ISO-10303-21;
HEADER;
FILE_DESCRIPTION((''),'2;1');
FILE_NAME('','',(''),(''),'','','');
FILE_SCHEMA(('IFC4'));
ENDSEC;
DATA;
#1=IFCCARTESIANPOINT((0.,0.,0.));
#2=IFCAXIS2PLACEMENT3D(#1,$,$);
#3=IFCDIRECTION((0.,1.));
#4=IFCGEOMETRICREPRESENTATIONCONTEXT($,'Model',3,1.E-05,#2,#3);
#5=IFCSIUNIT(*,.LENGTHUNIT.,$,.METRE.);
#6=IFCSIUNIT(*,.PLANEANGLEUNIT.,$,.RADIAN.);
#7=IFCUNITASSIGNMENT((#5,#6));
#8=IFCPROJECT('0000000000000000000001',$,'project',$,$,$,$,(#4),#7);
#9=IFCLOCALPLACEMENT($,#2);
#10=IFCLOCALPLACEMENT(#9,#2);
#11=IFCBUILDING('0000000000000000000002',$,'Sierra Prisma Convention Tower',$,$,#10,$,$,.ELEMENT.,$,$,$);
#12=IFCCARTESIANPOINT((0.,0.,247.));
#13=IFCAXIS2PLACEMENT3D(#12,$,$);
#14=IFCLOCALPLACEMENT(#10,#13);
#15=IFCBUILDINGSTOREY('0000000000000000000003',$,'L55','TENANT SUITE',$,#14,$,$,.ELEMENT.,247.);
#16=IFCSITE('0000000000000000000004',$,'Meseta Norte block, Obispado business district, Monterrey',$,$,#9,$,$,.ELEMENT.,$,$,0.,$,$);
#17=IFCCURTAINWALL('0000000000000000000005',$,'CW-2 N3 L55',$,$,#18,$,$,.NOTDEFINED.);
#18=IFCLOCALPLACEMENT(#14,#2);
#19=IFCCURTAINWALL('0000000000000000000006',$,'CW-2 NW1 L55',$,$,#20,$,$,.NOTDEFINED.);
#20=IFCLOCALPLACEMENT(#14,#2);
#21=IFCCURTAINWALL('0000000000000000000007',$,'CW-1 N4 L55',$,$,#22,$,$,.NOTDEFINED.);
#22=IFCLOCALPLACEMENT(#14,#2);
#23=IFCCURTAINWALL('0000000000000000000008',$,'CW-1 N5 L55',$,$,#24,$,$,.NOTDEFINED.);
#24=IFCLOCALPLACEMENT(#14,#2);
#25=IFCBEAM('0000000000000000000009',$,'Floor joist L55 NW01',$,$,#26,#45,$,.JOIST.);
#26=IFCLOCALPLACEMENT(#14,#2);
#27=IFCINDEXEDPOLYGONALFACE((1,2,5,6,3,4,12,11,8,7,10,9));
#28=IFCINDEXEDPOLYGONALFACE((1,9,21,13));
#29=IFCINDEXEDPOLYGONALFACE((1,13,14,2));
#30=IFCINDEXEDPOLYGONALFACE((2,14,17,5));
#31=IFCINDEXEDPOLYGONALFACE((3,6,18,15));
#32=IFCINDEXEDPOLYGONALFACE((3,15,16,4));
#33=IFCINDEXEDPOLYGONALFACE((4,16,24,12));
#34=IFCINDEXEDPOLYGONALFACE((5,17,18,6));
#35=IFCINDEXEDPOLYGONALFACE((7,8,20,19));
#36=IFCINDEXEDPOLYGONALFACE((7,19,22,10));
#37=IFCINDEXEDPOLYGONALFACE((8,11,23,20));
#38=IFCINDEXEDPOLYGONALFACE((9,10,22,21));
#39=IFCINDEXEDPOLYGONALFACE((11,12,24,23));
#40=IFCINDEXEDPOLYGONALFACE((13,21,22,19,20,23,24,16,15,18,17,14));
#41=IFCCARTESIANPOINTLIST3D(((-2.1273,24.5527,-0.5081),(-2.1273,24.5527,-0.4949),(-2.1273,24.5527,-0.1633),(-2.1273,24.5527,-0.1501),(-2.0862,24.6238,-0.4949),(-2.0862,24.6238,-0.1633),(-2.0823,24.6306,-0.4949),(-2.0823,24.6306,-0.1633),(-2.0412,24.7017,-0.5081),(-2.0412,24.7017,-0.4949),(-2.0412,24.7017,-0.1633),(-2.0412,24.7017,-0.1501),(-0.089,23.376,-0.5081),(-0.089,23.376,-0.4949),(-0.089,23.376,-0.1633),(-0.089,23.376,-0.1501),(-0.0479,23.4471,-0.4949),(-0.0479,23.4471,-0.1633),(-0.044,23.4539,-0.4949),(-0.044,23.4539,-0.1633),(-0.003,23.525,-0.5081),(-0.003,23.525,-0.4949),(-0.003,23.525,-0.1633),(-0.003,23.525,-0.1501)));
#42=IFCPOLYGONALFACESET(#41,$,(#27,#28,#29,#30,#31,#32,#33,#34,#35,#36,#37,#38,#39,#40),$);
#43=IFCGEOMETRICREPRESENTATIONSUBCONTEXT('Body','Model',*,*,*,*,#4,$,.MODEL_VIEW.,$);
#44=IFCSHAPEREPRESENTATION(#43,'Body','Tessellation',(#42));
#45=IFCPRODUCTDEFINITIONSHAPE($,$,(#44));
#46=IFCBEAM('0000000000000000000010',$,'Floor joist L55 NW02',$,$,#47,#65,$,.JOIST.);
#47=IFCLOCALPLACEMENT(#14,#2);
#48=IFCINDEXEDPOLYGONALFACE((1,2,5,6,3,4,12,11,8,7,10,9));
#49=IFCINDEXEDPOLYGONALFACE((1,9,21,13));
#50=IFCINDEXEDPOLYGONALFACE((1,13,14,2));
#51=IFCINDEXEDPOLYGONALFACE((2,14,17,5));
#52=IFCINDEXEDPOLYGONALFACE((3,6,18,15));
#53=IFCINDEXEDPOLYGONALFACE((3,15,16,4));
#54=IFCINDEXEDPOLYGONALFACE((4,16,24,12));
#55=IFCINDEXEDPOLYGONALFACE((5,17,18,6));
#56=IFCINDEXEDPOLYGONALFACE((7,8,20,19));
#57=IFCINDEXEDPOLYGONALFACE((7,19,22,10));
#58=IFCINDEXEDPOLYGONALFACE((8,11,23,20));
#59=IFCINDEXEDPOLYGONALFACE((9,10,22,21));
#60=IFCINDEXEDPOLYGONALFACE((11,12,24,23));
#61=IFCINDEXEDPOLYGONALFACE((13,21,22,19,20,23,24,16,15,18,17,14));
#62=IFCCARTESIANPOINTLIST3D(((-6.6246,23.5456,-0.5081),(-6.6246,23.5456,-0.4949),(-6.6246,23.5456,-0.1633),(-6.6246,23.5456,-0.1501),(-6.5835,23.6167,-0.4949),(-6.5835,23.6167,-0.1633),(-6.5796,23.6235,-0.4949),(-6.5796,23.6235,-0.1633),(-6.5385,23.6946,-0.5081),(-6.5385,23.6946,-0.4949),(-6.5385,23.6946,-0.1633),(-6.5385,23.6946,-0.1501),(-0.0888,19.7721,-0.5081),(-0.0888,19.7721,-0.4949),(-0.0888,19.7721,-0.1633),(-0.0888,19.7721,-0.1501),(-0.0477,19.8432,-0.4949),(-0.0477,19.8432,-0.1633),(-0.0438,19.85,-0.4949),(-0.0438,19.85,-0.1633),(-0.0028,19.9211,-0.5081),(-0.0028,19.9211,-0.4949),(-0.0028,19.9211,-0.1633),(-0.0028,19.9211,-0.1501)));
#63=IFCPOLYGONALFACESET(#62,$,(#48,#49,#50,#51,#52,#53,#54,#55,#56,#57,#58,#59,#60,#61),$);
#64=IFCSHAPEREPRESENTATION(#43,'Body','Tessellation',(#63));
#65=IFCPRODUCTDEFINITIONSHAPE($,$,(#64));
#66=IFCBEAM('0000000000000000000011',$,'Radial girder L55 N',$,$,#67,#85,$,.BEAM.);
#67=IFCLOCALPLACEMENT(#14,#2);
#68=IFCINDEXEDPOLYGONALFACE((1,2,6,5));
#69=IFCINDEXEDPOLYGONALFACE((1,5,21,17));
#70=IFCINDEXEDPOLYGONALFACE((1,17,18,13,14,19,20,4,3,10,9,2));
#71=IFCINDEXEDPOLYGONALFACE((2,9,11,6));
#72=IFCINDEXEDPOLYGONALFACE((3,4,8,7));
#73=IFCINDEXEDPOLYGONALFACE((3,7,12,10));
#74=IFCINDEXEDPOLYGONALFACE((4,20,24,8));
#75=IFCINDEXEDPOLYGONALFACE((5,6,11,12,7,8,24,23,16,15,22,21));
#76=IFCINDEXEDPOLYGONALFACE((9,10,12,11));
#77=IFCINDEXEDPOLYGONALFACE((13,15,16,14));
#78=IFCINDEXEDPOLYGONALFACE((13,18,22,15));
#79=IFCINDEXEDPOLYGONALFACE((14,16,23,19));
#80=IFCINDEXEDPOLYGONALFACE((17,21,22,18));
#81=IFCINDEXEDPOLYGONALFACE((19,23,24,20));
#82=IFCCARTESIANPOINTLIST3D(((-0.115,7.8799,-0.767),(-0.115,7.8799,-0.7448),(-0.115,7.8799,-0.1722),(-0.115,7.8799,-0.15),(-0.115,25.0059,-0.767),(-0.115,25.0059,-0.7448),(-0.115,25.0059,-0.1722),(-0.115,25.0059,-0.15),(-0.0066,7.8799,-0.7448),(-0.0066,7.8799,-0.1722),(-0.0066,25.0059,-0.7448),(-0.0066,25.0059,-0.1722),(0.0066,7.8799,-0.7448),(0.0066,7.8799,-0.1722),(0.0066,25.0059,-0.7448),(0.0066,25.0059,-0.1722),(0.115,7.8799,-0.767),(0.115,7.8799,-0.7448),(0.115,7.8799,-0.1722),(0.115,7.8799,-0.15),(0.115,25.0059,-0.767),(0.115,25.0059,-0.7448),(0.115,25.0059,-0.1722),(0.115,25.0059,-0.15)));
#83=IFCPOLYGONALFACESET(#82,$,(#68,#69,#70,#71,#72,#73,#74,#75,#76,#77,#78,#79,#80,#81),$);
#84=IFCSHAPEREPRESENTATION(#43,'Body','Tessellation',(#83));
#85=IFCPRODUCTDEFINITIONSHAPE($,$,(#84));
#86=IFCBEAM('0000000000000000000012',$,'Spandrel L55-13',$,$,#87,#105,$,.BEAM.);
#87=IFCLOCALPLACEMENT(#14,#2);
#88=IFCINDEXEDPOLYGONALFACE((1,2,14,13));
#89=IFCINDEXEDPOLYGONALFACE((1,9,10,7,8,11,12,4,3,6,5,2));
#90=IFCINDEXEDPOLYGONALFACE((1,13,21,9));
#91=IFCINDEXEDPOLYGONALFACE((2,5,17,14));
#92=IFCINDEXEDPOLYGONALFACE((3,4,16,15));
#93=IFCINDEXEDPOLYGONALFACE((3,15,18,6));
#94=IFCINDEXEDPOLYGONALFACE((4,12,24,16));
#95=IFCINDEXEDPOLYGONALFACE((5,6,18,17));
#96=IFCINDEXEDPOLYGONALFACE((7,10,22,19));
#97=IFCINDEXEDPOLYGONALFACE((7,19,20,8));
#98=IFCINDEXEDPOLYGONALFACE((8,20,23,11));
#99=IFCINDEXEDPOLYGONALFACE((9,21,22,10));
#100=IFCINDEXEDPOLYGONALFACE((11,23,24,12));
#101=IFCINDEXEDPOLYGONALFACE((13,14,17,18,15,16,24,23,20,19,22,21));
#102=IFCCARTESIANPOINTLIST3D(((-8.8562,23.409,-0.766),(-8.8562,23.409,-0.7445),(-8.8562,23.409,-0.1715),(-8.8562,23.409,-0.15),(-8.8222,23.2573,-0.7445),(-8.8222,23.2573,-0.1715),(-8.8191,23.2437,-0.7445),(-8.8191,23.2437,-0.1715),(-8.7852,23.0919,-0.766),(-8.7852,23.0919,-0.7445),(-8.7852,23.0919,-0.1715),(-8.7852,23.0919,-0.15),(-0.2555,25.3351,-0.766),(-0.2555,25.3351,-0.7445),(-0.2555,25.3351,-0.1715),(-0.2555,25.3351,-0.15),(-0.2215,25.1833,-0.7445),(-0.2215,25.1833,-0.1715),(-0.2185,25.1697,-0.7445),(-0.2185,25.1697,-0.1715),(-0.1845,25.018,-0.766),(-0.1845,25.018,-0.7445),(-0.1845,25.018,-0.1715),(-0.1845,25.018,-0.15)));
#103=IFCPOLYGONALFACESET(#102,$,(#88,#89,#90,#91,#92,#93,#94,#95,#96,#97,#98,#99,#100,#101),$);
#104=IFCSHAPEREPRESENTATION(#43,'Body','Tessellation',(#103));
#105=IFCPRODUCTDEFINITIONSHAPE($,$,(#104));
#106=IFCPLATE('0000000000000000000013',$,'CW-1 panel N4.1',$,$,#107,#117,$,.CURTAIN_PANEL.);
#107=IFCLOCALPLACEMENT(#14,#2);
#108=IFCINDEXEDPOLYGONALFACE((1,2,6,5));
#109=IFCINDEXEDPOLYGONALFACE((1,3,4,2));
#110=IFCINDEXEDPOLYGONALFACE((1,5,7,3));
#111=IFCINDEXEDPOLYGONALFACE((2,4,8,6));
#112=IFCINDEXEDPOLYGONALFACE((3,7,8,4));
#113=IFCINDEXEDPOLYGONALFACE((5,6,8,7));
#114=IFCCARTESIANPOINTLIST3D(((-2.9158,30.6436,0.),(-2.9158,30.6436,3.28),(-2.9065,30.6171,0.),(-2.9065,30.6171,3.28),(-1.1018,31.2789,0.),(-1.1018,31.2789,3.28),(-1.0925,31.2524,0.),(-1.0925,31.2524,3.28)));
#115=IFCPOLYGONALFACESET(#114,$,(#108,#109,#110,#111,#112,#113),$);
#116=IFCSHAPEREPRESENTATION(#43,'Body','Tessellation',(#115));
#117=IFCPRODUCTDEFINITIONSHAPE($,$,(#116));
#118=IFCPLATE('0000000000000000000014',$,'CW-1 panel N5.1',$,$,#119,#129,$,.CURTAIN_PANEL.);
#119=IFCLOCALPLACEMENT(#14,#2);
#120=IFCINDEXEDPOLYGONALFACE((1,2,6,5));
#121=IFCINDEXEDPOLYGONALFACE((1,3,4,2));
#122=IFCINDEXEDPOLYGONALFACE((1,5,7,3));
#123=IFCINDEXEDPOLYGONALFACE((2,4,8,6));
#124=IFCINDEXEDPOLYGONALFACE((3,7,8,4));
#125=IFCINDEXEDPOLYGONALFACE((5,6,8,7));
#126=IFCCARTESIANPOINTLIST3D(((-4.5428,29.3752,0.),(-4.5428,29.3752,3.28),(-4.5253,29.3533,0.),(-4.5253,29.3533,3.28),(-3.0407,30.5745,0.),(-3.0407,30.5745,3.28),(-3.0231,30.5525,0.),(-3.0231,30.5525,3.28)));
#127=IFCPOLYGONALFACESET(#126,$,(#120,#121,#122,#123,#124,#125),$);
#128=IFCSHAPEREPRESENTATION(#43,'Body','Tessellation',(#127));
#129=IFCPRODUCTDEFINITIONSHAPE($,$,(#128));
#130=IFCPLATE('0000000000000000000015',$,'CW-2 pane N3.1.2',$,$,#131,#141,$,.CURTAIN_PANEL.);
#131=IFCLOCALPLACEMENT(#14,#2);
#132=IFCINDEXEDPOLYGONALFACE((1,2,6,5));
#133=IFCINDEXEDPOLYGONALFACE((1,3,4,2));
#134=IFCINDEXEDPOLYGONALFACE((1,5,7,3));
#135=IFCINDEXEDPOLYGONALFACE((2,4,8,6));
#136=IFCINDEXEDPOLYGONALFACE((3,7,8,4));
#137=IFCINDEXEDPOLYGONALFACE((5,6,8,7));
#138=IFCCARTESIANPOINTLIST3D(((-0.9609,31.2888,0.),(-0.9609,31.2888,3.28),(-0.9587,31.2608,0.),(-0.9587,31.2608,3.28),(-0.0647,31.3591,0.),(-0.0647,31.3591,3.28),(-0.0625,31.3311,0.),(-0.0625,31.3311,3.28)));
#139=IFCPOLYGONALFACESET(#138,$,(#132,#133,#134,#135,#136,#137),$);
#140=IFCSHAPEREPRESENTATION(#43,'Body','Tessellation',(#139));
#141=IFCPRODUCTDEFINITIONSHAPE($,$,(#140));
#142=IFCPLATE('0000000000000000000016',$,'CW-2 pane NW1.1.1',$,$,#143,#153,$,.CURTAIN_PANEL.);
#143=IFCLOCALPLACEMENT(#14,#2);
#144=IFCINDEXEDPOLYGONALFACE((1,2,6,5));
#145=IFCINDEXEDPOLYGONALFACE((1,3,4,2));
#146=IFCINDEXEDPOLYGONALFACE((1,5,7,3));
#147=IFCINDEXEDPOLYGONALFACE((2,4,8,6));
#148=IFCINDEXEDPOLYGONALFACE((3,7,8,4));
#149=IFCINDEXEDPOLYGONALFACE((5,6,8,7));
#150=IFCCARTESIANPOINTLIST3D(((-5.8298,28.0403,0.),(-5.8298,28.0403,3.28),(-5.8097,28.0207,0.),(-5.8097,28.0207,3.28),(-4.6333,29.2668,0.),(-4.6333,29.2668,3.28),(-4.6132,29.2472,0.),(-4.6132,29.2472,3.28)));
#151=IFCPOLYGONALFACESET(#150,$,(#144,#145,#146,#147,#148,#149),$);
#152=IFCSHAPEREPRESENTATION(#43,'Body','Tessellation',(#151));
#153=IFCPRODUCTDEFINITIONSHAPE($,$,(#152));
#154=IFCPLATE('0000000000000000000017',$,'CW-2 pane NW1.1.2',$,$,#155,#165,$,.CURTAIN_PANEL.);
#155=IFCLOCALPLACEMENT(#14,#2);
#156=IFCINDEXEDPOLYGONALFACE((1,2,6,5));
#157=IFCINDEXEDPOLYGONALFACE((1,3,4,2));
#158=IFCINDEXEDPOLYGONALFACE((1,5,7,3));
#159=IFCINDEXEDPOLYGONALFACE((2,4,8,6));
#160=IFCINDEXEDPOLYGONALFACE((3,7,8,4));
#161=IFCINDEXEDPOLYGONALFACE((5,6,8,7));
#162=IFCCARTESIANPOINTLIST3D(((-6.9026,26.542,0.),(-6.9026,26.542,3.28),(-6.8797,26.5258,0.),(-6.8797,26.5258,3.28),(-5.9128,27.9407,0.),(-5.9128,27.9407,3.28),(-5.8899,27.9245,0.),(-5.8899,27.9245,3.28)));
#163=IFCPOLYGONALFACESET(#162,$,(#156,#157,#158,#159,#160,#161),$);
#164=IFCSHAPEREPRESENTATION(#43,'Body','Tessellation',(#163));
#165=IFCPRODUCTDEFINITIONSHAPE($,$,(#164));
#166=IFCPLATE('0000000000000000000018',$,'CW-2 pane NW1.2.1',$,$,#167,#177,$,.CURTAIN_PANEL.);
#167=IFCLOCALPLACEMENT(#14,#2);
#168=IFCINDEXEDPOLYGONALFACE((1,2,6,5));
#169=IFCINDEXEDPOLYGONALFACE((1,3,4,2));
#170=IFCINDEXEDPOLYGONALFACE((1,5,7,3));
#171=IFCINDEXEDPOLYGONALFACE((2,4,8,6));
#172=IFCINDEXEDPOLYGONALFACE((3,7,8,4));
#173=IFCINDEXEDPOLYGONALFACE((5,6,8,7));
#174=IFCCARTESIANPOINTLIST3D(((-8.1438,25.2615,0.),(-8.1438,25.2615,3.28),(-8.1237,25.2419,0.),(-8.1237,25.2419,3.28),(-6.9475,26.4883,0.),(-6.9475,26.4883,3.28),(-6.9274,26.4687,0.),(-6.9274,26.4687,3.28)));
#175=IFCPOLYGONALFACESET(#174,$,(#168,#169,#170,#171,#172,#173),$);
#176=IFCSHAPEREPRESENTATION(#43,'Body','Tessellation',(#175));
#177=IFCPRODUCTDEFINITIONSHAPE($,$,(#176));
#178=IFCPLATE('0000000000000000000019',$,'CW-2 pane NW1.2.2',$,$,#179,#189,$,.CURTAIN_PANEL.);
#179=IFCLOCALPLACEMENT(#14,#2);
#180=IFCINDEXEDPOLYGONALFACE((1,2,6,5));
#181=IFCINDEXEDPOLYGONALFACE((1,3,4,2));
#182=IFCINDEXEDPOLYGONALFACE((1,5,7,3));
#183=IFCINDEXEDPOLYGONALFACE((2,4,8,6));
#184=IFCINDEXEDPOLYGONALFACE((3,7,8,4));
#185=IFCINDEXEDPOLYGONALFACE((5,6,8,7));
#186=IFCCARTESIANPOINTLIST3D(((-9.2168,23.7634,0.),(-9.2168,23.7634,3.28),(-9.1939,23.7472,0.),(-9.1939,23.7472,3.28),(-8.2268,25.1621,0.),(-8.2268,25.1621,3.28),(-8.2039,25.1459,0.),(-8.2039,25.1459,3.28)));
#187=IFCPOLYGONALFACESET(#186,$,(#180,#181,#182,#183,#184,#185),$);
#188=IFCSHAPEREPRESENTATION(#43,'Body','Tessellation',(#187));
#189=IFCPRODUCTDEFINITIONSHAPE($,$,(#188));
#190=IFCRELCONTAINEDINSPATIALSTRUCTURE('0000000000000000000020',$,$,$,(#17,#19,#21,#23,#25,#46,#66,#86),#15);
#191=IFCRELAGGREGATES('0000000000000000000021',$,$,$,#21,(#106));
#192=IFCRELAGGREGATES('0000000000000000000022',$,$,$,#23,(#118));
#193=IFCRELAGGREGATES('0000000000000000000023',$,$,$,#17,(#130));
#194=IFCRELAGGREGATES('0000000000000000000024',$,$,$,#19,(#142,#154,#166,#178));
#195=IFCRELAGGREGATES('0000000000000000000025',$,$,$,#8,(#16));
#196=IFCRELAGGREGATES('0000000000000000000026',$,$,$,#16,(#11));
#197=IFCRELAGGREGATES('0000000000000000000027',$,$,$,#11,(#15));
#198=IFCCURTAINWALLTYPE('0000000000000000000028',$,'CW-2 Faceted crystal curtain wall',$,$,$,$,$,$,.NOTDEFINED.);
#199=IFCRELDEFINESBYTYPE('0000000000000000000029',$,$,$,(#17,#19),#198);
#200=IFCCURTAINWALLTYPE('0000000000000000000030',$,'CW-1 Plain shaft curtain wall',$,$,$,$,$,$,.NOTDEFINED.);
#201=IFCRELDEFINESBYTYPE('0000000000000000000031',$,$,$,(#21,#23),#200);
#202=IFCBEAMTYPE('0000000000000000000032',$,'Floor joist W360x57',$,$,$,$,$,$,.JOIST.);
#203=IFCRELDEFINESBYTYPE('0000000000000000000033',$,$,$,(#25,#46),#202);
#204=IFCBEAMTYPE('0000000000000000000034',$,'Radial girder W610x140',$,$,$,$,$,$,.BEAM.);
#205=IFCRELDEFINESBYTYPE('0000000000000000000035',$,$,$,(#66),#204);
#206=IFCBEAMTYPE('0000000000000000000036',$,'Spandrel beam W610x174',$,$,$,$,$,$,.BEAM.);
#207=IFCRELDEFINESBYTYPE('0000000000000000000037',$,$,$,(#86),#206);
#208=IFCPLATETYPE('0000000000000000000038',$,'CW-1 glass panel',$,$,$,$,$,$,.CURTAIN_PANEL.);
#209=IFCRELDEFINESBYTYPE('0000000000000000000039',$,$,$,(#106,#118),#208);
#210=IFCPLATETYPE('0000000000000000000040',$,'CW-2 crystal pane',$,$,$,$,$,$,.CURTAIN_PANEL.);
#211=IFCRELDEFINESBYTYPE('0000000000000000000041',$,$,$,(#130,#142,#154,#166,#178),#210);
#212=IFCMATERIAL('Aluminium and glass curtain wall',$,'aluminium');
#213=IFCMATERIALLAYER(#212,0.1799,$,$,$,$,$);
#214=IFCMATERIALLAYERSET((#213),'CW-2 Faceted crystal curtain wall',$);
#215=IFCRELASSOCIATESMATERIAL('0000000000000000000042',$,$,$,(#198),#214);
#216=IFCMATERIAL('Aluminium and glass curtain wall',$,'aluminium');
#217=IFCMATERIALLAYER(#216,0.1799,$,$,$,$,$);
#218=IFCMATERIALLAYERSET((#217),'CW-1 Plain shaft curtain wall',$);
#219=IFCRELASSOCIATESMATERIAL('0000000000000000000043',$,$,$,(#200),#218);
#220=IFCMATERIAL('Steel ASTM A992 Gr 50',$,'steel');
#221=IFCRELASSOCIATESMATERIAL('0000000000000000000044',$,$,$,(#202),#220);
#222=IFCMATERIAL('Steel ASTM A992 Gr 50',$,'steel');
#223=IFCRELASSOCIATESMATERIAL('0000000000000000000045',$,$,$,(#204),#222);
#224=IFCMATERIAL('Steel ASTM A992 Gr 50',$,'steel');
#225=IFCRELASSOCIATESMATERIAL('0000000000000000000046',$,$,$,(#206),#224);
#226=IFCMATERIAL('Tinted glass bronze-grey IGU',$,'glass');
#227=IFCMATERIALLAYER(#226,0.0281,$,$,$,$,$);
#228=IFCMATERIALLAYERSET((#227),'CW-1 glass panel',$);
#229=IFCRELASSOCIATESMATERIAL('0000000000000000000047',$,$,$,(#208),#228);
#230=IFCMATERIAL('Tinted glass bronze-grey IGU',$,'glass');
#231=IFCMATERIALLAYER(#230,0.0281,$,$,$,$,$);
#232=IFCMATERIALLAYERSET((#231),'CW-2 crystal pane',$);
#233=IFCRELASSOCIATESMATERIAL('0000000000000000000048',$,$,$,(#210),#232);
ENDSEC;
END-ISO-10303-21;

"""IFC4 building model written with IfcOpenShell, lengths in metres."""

from ifc_helpers import new_model, si_unit, direction, frame, origin, origin_2d, place, context, subcontext, project, spatial, polyline, rectangle, i_section, outline, extrude, material, layer, layer_set, material_profile, profile_set, type_object, element, aggregate, save


model = new_model("IFC4")

# Units and contexts
model_context = context("Model", 3, precision=1e-05, world=origin(), true_north=direction((0.0, 1.0)))
body_context = subcontext(model_context, "Body", "Model", "MODEL_VIEW")
ifc_project = project(units=[si_unit("LENGTHUNIT", "METRE"), si_unit("PLANEANGLEUNIT", "RADIAN")], contexts=[model_context])

# Site, building, storey
site_placement = place(None, origin())
site = spatial("IfcSite", under=ifc_project, at=site_placement, Name="Meseta Norte block, Obispado business district, Monterrey", CompositionType="ELEMENT", RefElevation=0.0)
building_placement = place(site_placement, origin())
building = spatial("IfcBuilding", under=site, at=building_placement, Name="Sierra Prisma Convention Tower", CompositionType="ELEMENT")
storey_placement = place(building_placement, frame((0.0, 0.0, 247.0)))
storey = spatial("IfcBuildingStorey", under=building, at=storey_placement, Name="L55", Description="TENANT SUITE", CompositionType="ELEMENT", Elevation=247.0)

# Curtain wall
ifc_material_1 = material(Name="Aluminium and glass curtain wall", Category="aluminium")
ifc_layer_1 = layer(ifc_material_1, 0.1799)
ifc_layer_set_1 = layer_set([ifc_layer_1], Name="CW-2 Faceted crystal curtain wall")
curtain_wall_type_1 = type_object("IfcCurtainWallType", Name="CW-2 Faceted crystal curtain wall", PredefinedType="NOTDEFINED", material=ifc_layer_set_1)
curtain_wall_1_placement = place(storey_placement, origin())
curtain_wall_1 = element("IfcCurtainWall", 1, at=curtain_wall_1_placement, inside=storey, type_object=curtain_wall_type_1, Name="CW-2 N3 L55", PredefinedType="NOTDEFINED")

# Curtain wall
curtain_wall_2_placement = place(storey_placement, origin())
curtain_wall_2 = element("IfcCurtainWall", 2, at=curtain_wall_2_placement, inside=storey, type_object=curtain_wall_type_1, Name="CW-2 NW1 L55", PredefinedType="NOTDEFINED")

# Curtain walls
ifc_material_2 = material(Name="Aluminium and glass curtain wall", Category="aluminium")
ifc_layer_2 = layer(ifc_material_2, 0.1799)
ifc_layer_set_2 = layer_set([ifc_layer_2], Name="CW-1 Plain shaft curtain wall")
curtain_wall_type_2 = type_object("IfcCurtainWallType", Name="CW-1 Plain shaft curtain wall", PredefinedType="NOTDEFINED", material=ifc_layer_set_2)
curtain_wall_3_placement = place(storey_placement, origin())
curtain_wall_3 = element("IfcCurtainWall", 3, at=curtain_wall_3_placement, inside=storey, type_object=curtain_wall_type_2, Name="CW-1 N4 L55", PredefinedType="NOTDEFINED")
curtain_wall_4_placement = place(storey_placement, origin())
curtain_wall_4 = element("IfcCurtainWall", 4, at=curtain_wall_4_placement, inside=storey, type_object=curtain_wall_type_2, Name="CW-1 N5 L55", PredefinedType="NOTDEFINED")

# Beams
ifc_material_3 = material(Name="Steel ASTM A992 Gr 50", Category="steel")
ifc_material_profile_1 = material_profile(ifc_material_3, i_section(OverallWidth=0.1721, OverallDepth=0.3579, WebThickness=0.0078, FlangeThickness=0.0132, at=origin_2d()), Name="W360x57")
ifc_profile_set_1 = profile_set([ifc_material_profile_1], Name="Steel ASTM A992 Gr 50")
beam_type_1 = type_object("IfcBeamType", Name="Floor joist W360x57", PredefinedType="JOIST", material=ifc_profile_set_1)
beam_1_placement = place(storey_placement, frame((-2.0842, 24.6272, -0.3291), z_axis=(0.866039, -0.499977, 0.0), x_axis=(0.499977, 0.866039, 0.0)))
element("IfcBeam", 5, at=beam_1_placement, inside=storey, type_object=beam_type_1, Name="Floor joist L55 NW01", PredefinedType="JOIST", context=body_context, shape_type="SweptSolid", body=[
    extrude(i_section(OverallWidth=0.1721, OverallDepth=0.3579, WebThickness=0.0078, FlangeThickness=0.0132, at=origin_2d()), origin(), (0.0, 0.0, 1.0), 2.3535),
])
beam_2_placement = place(storey_placement, frame((-6.5815, 23.6201, -0.3291), z_axis=(0.866021, -0.500008, 0.0), x_axis=(0.500008, 0.866021, 0.0)))
element("IfcBeam", 6, at=beam_2_placement, inside=storey, type_object=beam_type_1, Name="Floor joist L55 NW02", PredefinedType="JOIST", context=body_context, shape_type="SweptSolid", body=[
    extrude(i_section(OverallWidth=0.1721, OverallDepth=0.3579, WebThickness=0.0078, FlangeThickness=0.0132, at=origin_2d()), origin(), (0.0, 0.0, 1.0), 7.5469),
])
ifc_material_4 = material(Name="Steel ASTM A992 Gr 50", Category="steel")
ifc_material_profile_2 = material_profile(ifc_material_4, i_section(OverallWidth=0.23, OverallDepth=0.6169, WebThickness=0.0132, FlangeThickness=0.0222, at=origin_2d()), Name="W610x140")
ifc_profile_set_2 = profile_set([ifc_material_profile_2], Name="Steel ASTM A992 Gr 50")
beam_type_2 = type_object("IfcBeamType", Name="Radial girder W610x140", PredefinedType="BEAM", material=ifc_profile_set_2)
beam_3_placement = place(storey_placement, frame((0.0, 25.0059, -0.4585), z_axis=(0.0, -1.0, 0.0), x_axis=(1.0, 0.0, 0.0)))
element("IfcBeam", 7, at=beam_3_placement, inside=storey, type_object=beam_type_2, Name="Radial girder L55 N", PredefinedType="BEAM", context=body_context, shape_type="SweptSolid", body=[
    extrude(i_section(OverallWidth=0.23, OverallDepth=0.6169, WebThickness=0.0132, FlangeThickness=0.0222, at=origin_2d()), origin(), (0.0, 0.0, 1.0), 17.126),
])
ifc_material_5 = material(Name="Steel ASTM A992 Gr 50", Category="steel")
ifc_material_profile_3 = material_profile(ifc_material_5, i_section(OverallWidth=0.325, OverallDepth=0.616, WebThickness=0.0139, FlangeThickness=0.0215, at=origin_2d()), Name="W610x174")
ifc_profile_set_3 = profile_set([ifc_material_profile_3], Name="Steel ASTM A992 Gr 50")
beam_type_3 = type_object("IfcBeamType", Name="Spandrel beam W610x174", PredefinedType="BEAM", material=ifc_profile_set_3)
beam_4_placement = place(storey_placement, frame((-0.22, 25.1765, -0.458), z_axis=(-0.975831, -0.218529, 0.0), x_axis=(0.218529, -0.975831, 0.0)))
element("IfcBeam", 8, at=beam_4_placement, inside=storey, type_object=beam_type_3, Name="Spandrel L55-13", PredefinedType="BEAM", context=body_context, shape_type="SweptSolid", body=[
    extrude(i_section(OverallWidth=0.325, OverallDepth=0.616, WebThickness=0.0139, FlangeThickness=0.0215, at=origin_2d()), origin(), (0.0, 0.0, 1.0), 8.8137),
])

# Plates
ifc_material_6 = material(Name="Tinted glass bronze-grey IGU", Category="glass")
ifc_layer_3 = layer(ifc_material_6, 0.0281)
ifc_layer_set_3 = layer_set([ifc_layer_3], Name="CW-1 glass panel")
plate_type_1 = type_object("IfcPlateType", Name="CW-1 glass panel", PredefinedType="CURTAIN_PANEL", material=ifc_layer_set_3)
plate_1_placement = place(storey_placement, frame((-2.0042, 30.948, 0.0), z_axis=(0.0, 0.0, 1.0), x_axis=(-0.943791, -0.330542, 0.0)))
plate_1 = element("IfcPlate", 9, at=plate_1_placement, type_object=plate_type_1, Name="CW-1 panel N4.1", PredefinedType="CURTAIN_PANEL", context=body_context, shape_type="SweptSolid", body=[
    extrude(rectangle(XDim=1.9221, YDim=0.0281, at=origin_2d()), origin(), (0.0, 0.0, 1.0), 3.28),
])
aggregate(curtain_wall_3, [plate_1])
plate_2_placement = place(storey_placement, frame((-3.783, 29.9639, 0.0), z_axis=(0.0, 0.0, 1.0), x_axis=(-0.781484, -0.623926, 0.0)))
plate_2 = element("IfcPlate", 10, at=plate_2_placement, type_object=plate_type_1, Name="CW-1 panel N5.1", PredefinedType="CURTAIN_PANEL", context=body_context, shape_type="SweptSolid", body=[
    extrude(rectangle(XDim=1.9221, YDim=0.0281, at=origin_2d()), origin(), (0.0, 0.0, 1.0), 3.28),
])
aggregate(curtain_wall_4, [plate_2])
ifc_material_7 = material(Name="Tinted glass bronze-grey IGU", Category="glass")
ifc_layer_4 = layer(ifc_material_7, 0.0281)
ifc_layer_set_4 = layer_set([ifc_layer_4], Name="CW-2 crystal pane")
plate_type_2 = type_object("IfcPlateType", Name="CW-2 crystal pane", PredefinedType="CURTAIN_PANEL", material=ifc_layer_set_4)
plate_3_placement = place(storey_placement, frame((-0.9609, 31.2888, 0.0), z_axis=(-0.078212, 0.996937, 0.0), x_axis=(0.996937, 0.078212, 0.0)))
plate_3 = element("IfcPlate", 11, at=plate_3_placement, type_object=plate_type_2, Name="CW-2 pane N3.1.2", PredefinedType="CURTAIN_PANEL", context=body_context, shape_type="SweptSolid", body=[
    extrude(outline(polyline([(0.0, 0.0), (0.899, 0.0), (0.899, -3.28), (0.0, -3.28), (0.0, 0.0)])), origin(), (0.0, 0.0, -1.0), 0.0281),
])
aggregate(curtain_wall_1, [plate_3])
plate_4_placement = place(storey_placement, frame((-4.6333, 29.2668, 0.0), z_axis=(-0.715815, 0.69829, 0.0), x_axis=(-0.69829, -0.715815, 0.0)))
plate_4 = element("IfcPlate", 12, at=plate_4_placement, type_object=plate_type_2, Name="CW-2 pane NW1.1.1", PredefinedType="CURTAIN_PANEL", context=body_context, shape_type="SweptSolid", body=[
    extrude(outline(polyline([(0.0, 0.0), (1.7135, 0.0), (1.7135, 3.28), (0.0, 3.28), (0.0, 0.0)])), origin(), (0.0, 0.0, -1.0), 0.0281),
])
plate_5_placement = place(storey_placement, frame((-6.9026, 26.542, 0.0), z_axis=(-0.816296, 0.577634, 0.0), x_axis=(0.577634, 0.816296, 0.0)))
plate_5 = element("IfcPlate", 13, at=plate_5_placement, type_object=plate_type_2, Name="CW-2 pane NW1.1.2", PredefinedType="CURTAIN_PANEL", context=body_context, shape_type="SweptSolid", body=[
    extrude(outline(polyline([(0.0, 0.0), (1.7134, 0.0), (1.7134, -3.28), (0.0, -3.28), (0.0, 0.0)])), origin(), (0.0, 0.0, -1.0), 0.0281),
])
plate_6_placement = place(storey_placement, frame((-6.9475, 26.4883, 0.0), z_axis=(-0.715956, 0.698146, 0.0), x_axis=(-0.698146, -0.715956, 0.0)))
plate_6 = element("IfcPlate", 14, at=plate_6_placement, type_object=plate_type_2, Name="CW-2 pane NW1.2.1", PredefinedType="CURTAIN_PANEL", context=body_context, shape_type="SweptSolid", body=[
    extrude(outline(polyline([(0.0, 0.0), (1.7135, 0.0), (1.7135, 3.28), (0.0, 3.28), (0.0, 0.0)])), origin(), (0.0, 0.0, -1.0), 0.0281),
])
plate_7_placement = place(storey_placement, frame((-9.2168, 23.7634, 0.0), z_axis=(-0.816229, 0.577729, 0.0), x_axis=(0.577729, 0.816229, 0.0)))
plate_7 = element("IfcPlate", 15, at=plate_7_placement, type_object=plate_type_2, Name="CW-2 pane NW1.2.2", PredefinedType="CURTAIN_PANEL", context=body_context, shape_type="SweptSolid", body=[
    extrude(outline(polyline([(0.0, 0.0), (1.7136, 0.0), (1.7136, -3.28), (0.0, -3.28), (0.0, 0.0)])), origin(), (0.0, 0.0, -1.0), 0.0281),
])
aggregate(curtain_wall_2, [plate_4, plate_5, plate_6, plate_7])

save(model, "model.ifc")
